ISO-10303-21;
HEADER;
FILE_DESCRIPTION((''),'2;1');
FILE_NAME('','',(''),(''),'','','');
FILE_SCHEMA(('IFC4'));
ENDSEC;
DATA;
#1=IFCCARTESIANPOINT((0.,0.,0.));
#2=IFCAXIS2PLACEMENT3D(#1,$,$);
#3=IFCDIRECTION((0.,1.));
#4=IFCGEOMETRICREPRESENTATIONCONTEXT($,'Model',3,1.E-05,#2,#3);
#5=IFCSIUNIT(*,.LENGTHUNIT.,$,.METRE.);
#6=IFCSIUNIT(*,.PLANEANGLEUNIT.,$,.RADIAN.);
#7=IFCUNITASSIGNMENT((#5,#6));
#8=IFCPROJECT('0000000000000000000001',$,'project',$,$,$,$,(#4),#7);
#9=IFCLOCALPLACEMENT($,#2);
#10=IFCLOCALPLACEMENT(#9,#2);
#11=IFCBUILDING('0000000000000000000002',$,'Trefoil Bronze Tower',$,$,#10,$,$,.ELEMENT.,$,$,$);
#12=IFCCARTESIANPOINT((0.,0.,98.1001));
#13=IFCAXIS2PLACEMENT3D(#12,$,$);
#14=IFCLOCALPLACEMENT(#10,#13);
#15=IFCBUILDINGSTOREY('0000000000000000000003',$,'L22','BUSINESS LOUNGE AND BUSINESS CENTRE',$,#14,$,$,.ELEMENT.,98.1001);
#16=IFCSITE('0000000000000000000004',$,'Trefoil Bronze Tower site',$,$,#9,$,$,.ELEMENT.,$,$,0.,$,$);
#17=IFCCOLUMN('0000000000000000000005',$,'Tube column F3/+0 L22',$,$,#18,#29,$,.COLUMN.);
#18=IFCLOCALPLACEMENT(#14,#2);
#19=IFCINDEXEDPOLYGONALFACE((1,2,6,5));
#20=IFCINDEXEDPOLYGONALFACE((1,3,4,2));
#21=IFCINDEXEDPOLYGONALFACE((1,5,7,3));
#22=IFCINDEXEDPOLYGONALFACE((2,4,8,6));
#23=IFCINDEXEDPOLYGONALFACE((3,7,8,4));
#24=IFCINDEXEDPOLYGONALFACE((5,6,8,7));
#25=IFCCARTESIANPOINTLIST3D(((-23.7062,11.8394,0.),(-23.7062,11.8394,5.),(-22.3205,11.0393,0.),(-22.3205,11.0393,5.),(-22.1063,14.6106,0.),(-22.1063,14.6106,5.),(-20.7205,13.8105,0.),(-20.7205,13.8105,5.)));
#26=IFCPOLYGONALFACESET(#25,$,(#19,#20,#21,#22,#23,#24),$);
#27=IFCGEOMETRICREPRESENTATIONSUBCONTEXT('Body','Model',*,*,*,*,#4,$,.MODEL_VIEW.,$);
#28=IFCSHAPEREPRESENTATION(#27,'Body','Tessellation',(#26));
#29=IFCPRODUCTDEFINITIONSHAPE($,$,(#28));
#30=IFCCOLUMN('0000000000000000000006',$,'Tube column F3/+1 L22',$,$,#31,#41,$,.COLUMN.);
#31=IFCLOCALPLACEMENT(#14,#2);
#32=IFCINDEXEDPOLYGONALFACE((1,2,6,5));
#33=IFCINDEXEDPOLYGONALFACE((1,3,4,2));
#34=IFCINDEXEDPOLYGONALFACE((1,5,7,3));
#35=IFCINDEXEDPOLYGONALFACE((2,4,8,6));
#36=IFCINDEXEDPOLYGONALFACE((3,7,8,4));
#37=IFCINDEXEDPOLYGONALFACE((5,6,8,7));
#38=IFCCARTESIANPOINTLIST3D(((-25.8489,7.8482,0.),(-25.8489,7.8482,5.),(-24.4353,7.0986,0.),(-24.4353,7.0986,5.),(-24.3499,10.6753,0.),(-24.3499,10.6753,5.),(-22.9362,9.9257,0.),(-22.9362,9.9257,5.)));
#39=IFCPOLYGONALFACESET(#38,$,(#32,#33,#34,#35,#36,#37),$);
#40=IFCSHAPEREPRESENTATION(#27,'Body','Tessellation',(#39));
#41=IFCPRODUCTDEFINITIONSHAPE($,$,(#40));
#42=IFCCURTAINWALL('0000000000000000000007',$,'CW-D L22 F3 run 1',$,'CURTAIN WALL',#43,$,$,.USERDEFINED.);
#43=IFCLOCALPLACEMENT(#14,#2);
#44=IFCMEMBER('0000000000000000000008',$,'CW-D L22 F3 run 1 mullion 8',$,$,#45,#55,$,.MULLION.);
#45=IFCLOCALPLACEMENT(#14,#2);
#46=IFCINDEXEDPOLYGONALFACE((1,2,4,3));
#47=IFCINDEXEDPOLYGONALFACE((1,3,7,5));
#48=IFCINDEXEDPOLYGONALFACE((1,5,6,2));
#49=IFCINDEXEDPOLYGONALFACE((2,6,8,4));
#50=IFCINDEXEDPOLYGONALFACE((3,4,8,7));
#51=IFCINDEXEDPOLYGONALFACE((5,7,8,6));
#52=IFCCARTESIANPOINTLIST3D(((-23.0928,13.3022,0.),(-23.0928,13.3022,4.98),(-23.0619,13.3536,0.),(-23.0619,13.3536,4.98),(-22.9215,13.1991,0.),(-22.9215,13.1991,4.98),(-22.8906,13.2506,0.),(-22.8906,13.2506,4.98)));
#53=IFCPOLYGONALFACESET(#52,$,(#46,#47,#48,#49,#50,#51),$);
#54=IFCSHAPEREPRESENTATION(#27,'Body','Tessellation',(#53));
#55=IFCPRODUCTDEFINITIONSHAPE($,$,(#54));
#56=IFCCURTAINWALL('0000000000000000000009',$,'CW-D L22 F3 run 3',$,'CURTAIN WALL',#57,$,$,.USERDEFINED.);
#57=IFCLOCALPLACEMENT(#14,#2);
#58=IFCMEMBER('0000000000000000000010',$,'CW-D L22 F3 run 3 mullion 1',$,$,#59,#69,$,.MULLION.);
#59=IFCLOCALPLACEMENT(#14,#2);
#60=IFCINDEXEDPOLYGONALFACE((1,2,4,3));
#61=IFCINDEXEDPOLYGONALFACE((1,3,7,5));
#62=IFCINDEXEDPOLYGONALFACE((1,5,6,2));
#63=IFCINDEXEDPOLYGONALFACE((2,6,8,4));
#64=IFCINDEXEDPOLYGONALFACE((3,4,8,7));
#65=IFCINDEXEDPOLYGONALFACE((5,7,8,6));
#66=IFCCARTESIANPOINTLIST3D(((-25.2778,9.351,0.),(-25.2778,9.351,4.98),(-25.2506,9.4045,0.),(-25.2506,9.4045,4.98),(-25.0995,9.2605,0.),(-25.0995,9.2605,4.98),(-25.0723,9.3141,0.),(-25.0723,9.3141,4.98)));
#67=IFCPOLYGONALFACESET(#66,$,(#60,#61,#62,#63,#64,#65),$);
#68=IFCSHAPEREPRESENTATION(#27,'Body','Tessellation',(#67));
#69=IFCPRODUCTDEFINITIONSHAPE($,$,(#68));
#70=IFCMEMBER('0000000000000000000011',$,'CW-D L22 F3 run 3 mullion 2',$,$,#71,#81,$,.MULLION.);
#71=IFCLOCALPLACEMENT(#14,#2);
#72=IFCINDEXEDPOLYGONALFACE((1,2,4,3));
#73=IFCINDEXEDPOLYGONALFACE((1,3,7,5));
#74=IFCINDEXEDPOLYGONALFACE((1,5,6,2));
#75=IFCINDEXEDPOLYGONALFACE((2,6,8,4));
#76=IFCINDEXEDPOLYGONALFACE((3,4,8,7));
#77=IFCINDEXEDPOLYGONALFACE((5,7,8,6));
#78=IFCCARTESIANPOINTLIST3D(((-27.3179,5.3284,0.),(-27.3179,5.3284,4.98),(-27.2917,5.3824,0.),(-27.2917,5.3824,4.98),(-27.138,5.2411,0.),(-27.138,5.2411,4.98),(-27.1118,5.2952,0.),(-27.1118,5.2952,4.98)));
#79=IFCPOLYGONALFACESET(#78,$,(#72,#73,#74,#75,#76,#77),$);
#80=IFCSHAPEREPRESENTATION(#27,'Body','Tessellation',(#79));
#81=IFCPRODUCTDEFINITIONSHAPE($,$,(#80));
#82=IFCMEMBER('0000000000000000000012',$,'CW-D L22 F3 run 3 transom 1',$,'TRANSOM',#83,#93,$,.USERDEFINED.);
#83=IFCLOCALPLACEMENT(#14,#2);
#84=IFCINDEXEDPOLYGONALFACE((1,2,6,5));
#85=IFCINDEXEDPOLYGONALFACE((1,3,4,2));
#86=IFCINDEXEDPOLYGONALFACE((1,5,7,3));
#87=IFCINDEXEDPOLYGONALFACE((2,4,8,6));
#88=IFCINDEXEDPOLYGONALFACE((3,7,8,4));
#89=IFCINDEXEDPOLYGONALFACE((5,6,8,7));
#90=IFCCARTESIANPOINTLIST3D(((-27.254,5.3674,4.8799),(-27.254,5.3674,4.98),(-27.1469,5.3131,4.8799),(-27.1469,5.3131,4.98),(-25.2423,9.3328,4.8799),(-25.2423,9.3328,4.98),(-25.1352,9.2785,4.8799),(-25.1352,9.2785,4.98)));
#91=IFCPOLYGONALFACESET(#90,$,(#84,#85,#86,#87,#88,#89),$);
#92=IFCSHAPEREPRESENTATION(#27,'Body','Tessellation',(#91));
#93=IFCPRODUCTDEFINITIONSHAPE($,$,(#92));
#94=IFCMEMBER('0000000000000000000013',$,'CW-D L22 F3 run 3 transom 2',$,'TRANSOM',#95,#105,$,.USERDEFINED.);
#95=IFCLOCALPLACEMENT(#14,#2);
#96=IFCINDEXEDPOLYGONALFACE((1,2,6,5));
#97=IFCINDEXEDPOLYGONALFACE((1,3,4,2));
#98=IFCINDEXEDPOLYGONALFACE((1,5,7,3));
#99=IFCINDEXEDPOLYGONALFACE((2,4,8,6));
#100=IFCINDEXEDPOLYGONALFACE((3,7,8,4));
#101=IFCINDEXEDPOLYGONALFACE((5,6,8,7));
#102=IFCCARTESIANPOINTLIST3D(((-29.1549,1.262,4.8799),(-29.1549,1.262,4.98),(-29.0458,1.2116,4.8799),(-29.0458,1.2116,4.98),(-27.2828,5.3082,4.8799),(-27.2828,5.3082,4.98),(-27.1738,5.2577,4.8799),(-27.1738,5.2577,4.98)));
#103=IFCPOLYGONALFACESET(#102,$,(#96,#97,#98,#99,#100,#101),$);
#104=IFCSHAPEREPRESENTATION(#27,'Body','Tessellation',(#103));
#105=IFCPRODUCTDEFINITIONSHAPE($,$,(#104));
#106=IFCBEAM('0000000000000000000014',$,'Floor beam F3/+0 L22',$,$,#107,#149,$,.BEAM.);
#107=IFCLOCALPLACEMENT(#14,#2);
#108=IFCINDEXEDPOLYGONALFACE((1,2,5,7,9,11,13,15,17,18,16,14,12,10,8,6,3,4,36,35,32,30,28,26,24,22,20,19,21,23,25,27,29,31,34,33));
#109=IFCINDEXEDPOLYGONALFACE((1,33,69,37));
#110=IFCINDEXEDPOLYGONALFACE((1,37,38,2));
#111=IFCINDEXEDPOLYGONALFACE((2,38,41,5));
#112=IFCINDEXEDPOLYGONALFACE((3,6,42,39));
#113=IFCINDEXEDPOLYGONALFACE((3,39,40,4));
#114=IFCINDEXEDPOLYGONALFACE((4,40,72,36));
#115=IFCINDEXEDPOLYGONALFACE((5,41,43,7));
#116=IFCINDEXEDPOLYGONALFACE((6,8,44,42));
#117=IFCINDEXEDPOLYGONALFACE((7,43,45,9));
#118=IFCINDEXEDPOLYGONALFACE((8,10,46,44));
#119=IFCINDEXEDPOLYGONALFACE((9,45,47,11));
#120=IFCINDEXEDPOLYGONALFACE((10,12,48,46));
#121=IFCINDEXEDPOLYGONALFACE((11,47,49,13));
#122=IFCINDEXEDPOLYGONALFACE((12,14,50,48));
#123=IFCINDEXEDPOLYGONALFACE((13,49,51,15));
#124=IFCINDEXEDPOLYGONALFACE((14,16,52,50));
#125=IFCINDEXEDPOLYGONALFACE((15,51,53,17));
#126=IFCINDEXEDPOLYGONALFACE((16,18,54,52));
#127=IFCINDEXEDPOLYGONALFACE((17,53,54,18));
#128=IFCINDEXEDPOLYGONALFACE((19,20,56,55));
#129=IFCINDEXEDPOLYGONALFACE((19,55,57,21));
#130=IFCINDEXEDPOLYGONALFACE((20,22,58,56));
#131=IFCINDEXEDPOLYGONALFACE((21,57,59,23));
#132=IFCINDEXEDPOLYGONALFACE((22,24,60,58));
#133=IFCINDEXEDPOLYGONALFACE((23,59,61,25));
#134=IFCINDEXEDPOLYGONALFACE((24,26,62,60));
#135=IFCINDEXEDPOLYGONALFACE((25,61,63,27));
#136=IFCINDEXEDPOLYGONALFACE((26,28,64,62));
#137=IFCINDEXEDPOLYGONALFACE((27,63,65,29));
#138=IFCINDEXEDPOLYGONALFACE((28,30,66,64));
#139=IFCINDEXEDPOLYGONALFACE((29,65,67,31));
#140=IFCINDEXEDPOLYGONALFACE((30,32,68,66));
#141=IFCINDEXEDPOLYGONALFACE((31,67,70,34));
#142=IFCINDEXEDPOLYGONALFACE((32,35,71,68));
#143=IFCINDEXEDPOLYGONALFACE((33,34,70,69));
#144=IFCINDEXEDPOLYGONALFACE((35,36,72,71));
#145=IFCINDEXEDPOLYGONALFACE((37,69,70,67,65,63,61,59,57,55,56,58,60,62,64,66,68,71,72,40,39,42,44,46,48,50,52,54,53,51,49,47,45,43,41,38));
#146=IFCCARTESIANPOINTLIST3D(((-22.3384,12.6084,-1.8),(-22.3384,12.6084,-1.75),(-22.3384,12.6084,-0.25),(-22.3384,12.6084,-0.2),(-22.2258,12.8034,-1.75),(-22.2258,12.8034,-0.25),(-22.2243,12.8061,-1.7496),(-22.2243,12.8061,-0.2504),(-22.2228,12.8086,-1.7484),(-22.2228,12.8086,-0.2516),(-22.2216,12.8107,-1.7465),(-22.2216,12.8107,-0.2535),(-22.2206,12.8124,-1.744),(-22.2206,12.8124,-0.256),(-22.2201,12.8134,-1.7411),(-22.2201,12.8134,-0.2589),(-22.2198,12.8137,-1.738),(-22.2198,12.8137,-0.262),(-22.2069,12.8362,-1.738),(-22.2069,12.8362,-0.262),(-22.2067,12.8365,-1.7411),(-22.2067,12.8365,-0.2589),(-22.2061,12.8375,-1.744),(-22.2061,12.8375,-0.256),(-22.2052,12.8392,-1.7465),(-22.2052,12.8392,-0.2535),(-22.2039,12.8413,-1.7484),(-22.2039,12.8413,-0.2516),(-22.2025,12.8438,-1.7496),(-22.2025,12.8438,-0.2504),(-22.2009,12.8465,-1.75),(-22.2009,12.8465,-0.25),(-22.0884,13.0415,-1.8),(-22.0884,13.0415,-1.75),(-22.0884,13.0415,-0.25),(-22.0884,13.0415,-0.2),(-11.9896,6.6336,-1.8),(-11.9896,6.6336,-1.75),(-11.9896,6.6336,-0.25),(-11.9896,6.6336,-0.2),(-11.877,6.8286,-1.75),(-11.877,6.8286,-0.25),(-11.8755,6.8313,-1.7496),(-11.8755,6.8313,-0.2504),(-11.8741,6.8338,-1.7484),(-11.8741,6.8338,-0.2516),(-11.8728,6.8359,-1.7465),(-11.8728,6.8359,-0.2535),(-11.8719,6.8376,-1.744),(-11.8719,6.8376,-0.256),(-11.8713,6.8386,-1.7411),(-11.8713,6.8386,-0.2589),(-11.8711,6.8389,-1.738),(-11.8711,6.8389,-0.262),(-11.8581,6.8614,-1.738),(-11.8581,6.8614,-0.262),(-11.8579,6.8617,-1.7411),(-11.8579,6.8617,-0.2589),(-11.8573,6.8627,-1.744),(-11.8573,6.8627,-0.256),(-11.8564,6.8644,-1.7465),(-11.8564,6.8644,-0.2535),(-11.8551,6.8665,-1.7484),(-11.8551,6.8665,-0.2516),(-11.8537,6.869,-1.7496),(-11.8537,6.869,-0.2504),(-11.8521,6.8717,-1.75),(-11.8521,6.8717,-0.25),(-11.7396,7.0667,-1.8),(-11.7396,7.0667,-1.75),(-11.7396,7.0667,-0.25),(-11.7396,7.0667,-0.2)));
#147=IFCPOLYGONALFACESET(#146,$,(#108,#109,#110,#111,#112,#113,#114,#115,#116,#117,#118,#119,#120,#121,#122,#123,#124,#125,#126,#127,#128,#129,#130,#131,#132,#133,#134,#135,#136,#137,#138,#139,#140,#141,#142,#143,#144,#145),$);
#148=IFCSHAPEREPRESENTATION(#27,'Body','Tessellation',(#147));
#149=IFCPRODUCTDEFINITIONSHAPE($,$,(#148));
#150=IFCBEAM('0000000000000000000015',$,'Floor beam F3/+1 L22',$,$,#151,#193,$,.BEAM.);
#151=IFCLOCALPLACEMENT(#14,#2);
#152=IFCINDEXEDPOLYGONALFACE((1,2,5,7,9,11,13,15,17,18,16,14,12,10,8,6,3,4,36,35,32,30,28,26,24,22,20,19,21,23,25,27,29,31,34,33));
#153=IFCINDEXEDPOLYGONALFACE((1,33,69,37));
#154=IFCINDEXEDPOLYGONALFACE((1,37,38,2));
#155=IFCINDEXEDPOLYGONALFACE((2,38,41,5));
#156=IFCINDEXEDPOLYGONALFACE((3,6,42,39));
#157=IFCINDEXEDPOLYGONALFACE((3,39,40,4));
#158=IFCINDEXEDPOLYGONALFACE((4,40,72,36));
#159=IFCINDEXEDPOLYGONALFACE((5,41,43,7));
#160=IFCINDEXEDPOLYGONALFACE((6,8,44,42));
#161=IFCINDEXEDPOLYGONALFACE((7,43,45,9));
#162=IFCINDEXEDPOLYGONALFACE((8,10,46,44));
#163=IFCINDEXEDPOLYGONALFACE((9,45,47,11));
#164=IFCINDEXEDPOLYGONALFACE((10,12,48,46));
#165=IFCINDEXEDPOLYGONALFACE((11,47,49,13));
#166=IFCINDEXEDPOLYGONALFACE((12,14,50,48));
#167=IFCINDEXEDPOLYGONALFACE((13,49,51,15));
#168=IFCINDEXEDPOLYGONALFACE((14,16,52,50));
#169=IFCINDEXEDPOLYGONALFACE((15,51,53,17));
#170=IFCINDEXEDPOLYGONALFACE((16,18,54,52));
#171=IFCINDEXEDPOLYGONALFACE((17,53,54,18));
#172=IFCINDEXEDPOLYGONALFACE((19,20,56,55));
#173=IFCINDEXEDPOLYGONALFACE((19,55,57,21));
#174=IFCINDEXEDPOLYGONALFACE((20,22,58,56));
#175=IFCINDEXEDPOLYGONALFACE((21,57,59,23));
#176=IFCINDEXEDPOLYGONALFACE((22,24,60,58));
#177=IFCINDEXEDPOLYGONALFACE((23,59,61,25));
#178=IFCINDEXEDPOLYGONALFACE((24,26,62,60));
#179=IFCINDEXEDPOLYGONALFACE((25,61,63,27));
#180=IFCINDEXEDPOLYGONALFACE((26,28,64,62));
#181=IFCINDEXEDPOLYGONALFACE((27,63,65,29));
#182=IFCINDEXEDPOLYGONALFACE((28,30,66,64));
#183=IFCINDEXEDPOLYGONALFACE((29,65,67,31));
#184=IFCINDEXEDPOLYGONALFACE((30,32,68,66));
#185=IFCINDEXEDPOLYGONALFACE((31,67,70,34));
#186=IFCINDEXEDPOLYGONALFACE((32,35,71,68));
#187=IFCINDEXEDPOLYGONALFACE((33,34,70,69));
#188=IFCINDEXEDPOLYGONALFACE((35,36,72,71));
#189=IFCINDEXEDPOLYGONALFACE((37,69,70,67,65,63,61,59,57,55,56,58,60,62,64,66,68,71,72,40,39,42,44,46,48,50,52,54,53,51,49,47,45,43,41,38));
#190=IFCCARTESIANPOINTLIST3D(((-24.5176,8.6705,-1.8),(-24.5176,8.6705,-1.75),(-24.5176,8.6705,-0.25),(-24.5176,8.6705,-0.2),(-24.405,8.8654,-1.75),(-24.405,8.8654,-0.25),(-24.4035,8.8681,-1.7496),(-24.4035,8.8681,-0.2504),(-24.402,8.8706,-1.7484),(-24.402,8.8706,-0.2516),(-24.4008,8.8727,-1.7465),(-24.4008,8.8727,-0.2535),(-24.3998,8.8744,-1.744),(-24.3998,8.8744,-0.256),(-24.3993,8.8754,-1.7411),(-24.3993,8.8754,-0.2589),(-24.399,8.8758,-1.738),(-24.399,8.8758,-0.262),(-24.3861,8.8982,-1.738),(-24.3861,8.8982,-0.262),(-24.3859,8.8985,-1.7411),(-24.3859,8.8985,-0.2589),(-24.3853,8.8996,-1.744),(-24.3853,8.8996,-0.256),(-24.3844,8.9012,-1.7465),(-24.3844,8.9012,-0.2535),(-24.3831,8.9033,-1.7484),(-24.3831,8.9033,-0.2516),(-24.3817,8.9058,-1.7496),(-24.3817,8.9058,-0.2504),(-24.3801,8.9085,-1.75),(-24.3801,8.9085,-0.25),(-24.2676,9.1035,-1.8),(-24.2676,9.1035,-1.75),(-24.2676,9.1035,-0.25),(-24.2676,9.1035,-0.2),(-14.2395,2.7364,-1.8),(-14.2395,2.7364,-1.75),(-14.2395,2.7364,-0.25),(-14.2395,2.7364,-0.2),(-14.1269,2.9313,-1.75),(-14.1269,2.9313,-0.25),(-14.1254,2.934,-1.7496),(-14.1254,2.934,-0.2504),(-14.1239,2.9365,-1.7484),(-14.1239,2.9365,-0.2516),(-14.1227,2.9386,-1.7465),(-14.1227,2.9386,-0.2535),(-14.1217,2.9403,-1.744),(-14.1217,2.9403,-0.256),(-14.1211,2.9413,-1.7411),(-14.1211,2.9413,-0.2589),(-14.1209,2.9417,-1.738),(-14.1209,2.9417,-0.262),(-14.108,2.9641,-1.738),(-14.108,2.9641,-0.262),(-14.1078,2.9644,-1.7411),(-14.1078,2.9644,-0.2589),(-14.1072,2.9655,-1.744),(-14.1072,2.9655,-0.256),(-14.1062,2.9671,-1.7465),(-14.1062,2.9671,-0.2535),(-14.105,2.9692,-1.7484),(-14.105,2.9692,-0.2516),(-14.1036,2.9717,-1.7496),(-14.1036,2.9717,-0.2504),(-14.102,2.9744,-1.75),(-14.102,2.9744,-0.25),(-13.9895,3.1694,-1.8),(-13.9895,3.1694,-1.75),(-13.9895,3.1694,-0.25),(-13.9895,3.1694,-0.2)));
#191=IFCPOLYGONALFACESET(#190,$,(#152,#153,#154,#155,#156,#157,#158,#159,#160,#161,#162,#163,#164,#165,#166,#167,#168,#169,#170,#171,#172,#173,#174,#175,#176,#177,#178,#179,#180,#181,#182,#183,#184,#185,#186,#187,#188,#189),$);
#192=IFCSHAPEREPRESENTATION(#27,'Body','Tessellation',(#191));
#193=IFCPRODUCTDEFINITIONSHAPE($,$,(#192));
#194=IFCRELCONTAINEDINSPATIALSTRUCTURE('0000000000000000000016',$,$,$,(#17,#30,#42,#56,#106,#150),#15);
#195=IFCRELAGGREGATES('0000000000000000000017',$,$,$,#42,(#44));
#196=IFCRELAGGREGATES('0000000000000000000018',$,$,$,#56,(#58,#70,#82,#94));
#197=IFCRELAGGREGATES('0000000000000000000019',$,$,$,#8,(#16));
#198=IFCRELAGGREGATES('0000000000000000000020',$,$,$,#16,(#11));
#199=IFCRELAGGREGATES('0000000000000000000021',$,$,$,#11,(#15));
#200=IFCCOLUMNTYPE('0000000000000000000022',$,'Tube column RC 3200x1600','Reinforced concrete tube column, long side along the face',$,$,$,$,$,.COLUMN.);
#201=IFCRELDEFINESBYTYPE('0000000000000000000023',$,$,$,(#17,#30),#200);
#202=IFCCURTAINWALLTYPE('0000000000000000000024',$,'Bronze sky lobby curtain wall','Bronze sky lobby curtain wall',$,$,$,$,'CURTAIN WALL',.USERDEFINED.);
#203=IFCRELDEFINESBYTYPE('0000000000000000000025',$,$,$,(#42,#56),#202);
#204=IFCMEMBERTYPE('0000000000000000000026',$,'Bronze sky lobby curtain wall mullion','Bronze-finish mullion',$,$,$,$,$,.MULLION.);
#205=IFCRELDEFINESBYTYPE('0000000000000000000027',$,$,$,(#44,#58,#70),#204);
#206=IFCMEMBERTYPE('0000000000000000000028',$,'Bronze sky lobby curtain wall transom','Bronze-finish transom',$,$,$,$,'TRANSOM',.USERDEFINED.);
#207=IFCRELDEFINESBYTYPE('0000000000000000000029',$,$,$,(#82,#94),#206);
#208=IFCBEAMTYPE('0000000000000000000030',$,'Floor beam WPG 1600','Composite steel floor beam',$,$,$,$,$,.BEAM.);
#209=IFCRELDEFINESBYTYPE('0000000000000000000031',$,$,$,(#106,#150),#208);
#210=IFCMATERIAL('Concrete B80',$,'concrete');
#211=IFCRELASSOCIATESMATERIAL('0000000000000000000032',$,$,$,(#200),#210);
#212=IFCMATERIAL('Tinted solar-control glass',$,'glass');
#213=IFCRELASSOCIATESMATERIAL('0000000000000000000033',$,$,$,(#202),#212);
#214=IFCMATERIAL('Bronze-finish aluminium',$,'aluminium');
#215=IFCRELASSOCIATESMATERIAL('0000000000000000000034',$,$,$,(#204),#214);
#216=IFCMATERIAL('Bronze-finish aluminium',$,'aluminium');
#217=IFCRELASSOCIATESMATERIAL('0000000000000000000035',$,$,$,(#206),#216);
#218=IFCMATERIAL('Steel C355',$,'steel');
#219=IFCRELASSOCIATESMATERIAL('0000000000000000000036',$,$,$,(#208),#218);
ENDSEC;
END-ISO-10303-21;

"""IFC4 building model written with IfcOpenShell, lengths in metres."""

from ifc_helpers import new_model, si_unit, direction, frame, origin, origin_2d, place, context, subcontext, project, spatial, rectangle, i_section, extrude, material, material_profile, profile_set, type_object, element, aggregate, save


model = new_model("IFC4")

# Units and contexts
model_context = context("Model", 3, precision=1e-05, world=origin(), true_north=direction((0.0, 1.0)))
body_context = subcontext(model_context, "Body", "Model", "MODEL_VIEW")
ifc_project = project(units=[si_unit("LENGTHUNIT", "METRE"), si_unit("PLANEANGLEUNIT", "RADIAN")], contexts=[model_context])

# Site, building, storey
site_placement = place(None, origin())
site = spatial("IfcSite", under=ifc_project, at=site_placement, Name="Trefoil Bronze Tower site", CompositionType="ELEMENT", RefElevation=0.0)
building_placement = place(site_placement, origin())
building = spatial("IfcBuilding", under=site, at=building_placement, Name="Trefoil Bronze Tower", CompositionType="ELEMENT")
storey_placement = place(building_placement, frame((0.0, 0.0, 98.1001)))
storey = spatial("IfcBuildingStorey", under=building, at=storey_placement, Name="L22", Description="BUSINESS LOUNGE AND BUSINESS CENTRE", CompositionType="ELEMENT", Elevation=98.1001)

# Columns
ifc_material_1 = material(Name="Concrete B80", Category="concrete")
ifc_material_profile_1 = material_profile(ifc_material_1, rectangle(XDim=3.2, YDim=1.6001, at=origin_2d()), Name="RC 3200x1600")
ifc_profile_set_1 = profile_set([ifc_material_profile_1], Name="Concrete B80")
column_type = type_object("IfcColumnType", Name="Tube column RC 3200x1600", Description="Reinforced concrete tube column, long side along the face", PredefinedType="COLUMN", material=ifc_profile_set_1)
for number, where, z_axis, x_axis, name in (
    (1, (-22.2134, 12.825, 0.0), (0.0, 0.0, 1.0), (-0.5, -0.866025, 0.0), "Tube column F3/+0 L22"),
    (2, (-24.3926, 8.887, 0.0), (0.0, 0.0, 1.0), (-0.468457, -0.883486, 0.0), "Tube column F3/+1 L22"),
):
    element("IfcColumn", number, at=place(storey_placement, frame(where, z_axis=z_axis, x_axis=x_axis)), inside=storey, type_object=column_type, Name=name, PredefinedType="COLUMN", context=body_context, shape_type="SweptSolid", body=[
        extrude(rectangle(XDim=3.2, YDim=1.6001, at=origin_2d()), origin(), (0.0, 0.0, 1.0), 5.0),
    ])

# Curtain wall, member
ifc_material_2 = material(Name="Tinted solar-control glass", Category="glass")
curtain_wall_type = type_object("IfcCurtainWallType", Name="Bronze sky lobby curtain wall", Description="Bronze sky lobby curtain wall", ElementType="CURTAIN WALL", PredefinedType="USERDEFINED", material=ifc_material_2)
curtain_wall_1_placement = place(storey_placement, origin())
curtain_wall_1 = element("IfcCurtainWall", 3, at=curtain_wall_1_placement, inside=storey, type_object=curtain_wall_type, Name="CW-D L22 F3 run 1", ObjectType="CURTAIN WALL", PredefinedType="USERDEFINED")
ifc_material_3 = material(Name="Bronze-finish aluminium", Category="aluminium")
ifc_material_profile_2 = material_profile(ifc_material_3, rectangle(XDim=0.2, YDim=0.0601, at=origin_2d()), Name="CW-D mullion")
ifc_profile_set_2 = profile_set([ifc_material_profile_2], Name="Bronze-finish aluminium")
member_type_1 = type_object("IfcMemberType", Name="Bronze sky lobby curtain wall mullion", Description="Bronze-finish mullion", PredefinedType="MULLION", material=ifc_profile_set_2)
member_1_placement = place(storey_placement, frame((-22.9917, 13.2764, 0.0), z_axis=(0.0, 0.0, 1.0), x_axis=(0.856874, -0.515525, 0.0)))
member_1 = element("IfcMember", 4, at=member_1_placement, type_object=member_type_1, Name="CW-D L22 F3 run 1 mullion 8", PredefinedType="MULLION", context=body_context, shape_type="SweptSolid", body=[
    extrude(rectangle(XDim=0.2, YDim=0.0601, at=origin_2d()), origin(), (0.0, 0.0, 1.0), 4.98),
])
aggregate(curtain_wall_1, [member_1])

# Curtain wall, members
curtain_wall_2_placement = place(storey_placement, origin())
curtain_wall_2 = element("IfcCurtainWall", 5, at=curtain_wall_2_placement, inside=storey, type_object=curtain_wall_type, Name="CW-D L22 F3 run 3", ObjectType="CURTAIN WALL", PredefinedType="USERDEFINED")
member_2_placement = place(storey_placement, frame((-25.175, 9.3325, 0.0), z_axis=(0.0, 0.0, 1.0), x_axis=(0.89179, -0.452449, 0.0)))
member_2 = element("IfcMember", 6, at=member_2_placement, type_object=member_type_1, Name="CW-D L22 F3 run 3 mullion 1", PredefinedType="MULLION", context=body_context, shape_type="SweptSolid", body=[
    extrude(rectangle(XDim=0.2, YDim=0.0601, at=origin_2d()), origin(), (0.0, 0.0, 1.0), 4.98),
])
member_3_placement = place(storey_placement, frame((-27.2148, 5.3118, 0.0), z_axis=(0.0, 0.0, 1.0), x_axis=(0.89982, -0.436262, 0.0)))
member_3 = element("IfcMember", 7, at=member_3_placement, type_object=member_type_1, Name="CW-D L22 F3 run 3 mullion 2", PredefinedType="MULLION", context=body_context, shape_type="SweptSolid", body=[
    extrude(rectangle(XDim=0.2, YDim=0.0601, at=origin_2d()), origin(), (0.0, 0.0, 1.0), 4.98),
])
ifc_material_4 = material(Name="Bronze-finish aluminium", Category="aluminium")
ifc_material_profile_3 = material_profile(ifc_material_4, rectangle(XDim=0.1201, YDim=0.1001, at=origin_2d()), Name="CW-D transom")
ifc_profile_set_3 = profile_set([ifc_material_profile_3], Name="Bronze-finish aluminium")
member_type_2 = type_object("IfcMemberType", Name="Bronze sky lobby curtain wall transom", Description="Bronze-finish transom", ElementType="TRANSOM", PredefinedType="USERDEFINED", material=ifc_profile_set_3)
member_4_placement = place(storey_placement, frame((-25.1887, 9.3057, 4.9299), z_axis=(-0.452433, -0.891798, 0.0), x_axis=(0.891798, -0.452433, 0.0)))
member_4 = element("IfcMember", 8, at=member_4_placement, type_object=member_type_2, Name="CW-D L22 F3 run 3 transom 1", ObjectType="TRANSOM", PredefinedType="USERDEFINED", context=body_context, shape_type="SweptSolid", body=[
    extrude(rectangle(XDim=0.1201, YDim=0.1001, at=origin_2d()), origin(), (0.0, 0.0, 1.0), 4.4465),
])
member_5_placement = place(storey_placement, frame((-27.2283, 5.283, 4.9299), z_axis=(-0.419912, -0.907565, 0.0), x_axis=(0.907565, -0.419912, 0.0)))
member_5 = element("IfcMember", 9, at=member_5_placement, type_object=member_type_2, Name="CW-D L22 F3 run 3 transom 2", ObjectType="TRANSOM", PredefinedType="USERDEFINED", context=body_context, shape_type="SweptSolid", body=[
    extrude(rectangle(XDim=0.1201, YDim=0.1001, at=origin_2d()), origin(), (0.0, 0.0, 1.0), 4.4583),
])

# Beams
ifc_material_5 = material(Name="Steel C355", Category="steel")
ifc_material_profile_4 = material_profile(ifc_material_5, i_section(OverallWidth=0.5, OverallDepth=1.6001, WebThickness=0.0259, FlangeThickness=0.05, FilletRadius=0.012, at=origin_2d()), Name="WPG 1600")
ifc_profile_set_4 = profile_set([ifc_material_profile_4], Name="Steel C355")
beam_type_1 = type_object("IfcBeamType", Name="Floor beam WPG 1600", Description="Composite steel floor beam", PredefinedType="BEAM", material=ifc_profile_set_4)
beam_1_placement = place(storey_placement, frame((-22.2134, 12.825, -1.0), z_axis=(0.866028, -0.499995, 0.0), x_axis=(0.499995, 0.866028, 0.0)))
element("IfcBeam", 10, at=beam_1_placement, inside=storey, type_object=beam_type_1, Name="Floor beam F3/+0 L22", PredefinedType="BEAM", context=body_context, shape_type="SweptSolid", body=[
    extrude(i_section(OverallWidth=0.5, OverallDepth=1.6001, WebThickness=0.0259, FlangeThickness=0.05, FilletRadius=0.012, at=origin_2d()), origin(), (0.0, 0.0, 1.0), 11.9497),
])
beam_2_placement = place(storey_placement, frame((-24.3926, 8.887, -1.0), z_axis=(0.866024, -0.500002, 0.0), x_axis=(0.500002, 0.866024, 0.0)))
element("IfcBeam", 11, at=beam_2_placement, inside=storey, type_object=beam_type_1, Name="Floor beam F3/+1 L22", PredefinedType="BEAM", context=body_context, shape_type="SweptSolid", body=[
    extrude(i_section(OverallWidth=0.5, OverallDepth=1.6001, WebThickness=0.0259, FlangeThickness=0.05, FilletRadius=0.012, at=origin_2d()), origin(), (0.0, 0.0, 1.0), 11.8682),
])

aggregate(curtain_wall_2, [member_2, member_3, member_4, member_5])

save(model, "model.ifc")
